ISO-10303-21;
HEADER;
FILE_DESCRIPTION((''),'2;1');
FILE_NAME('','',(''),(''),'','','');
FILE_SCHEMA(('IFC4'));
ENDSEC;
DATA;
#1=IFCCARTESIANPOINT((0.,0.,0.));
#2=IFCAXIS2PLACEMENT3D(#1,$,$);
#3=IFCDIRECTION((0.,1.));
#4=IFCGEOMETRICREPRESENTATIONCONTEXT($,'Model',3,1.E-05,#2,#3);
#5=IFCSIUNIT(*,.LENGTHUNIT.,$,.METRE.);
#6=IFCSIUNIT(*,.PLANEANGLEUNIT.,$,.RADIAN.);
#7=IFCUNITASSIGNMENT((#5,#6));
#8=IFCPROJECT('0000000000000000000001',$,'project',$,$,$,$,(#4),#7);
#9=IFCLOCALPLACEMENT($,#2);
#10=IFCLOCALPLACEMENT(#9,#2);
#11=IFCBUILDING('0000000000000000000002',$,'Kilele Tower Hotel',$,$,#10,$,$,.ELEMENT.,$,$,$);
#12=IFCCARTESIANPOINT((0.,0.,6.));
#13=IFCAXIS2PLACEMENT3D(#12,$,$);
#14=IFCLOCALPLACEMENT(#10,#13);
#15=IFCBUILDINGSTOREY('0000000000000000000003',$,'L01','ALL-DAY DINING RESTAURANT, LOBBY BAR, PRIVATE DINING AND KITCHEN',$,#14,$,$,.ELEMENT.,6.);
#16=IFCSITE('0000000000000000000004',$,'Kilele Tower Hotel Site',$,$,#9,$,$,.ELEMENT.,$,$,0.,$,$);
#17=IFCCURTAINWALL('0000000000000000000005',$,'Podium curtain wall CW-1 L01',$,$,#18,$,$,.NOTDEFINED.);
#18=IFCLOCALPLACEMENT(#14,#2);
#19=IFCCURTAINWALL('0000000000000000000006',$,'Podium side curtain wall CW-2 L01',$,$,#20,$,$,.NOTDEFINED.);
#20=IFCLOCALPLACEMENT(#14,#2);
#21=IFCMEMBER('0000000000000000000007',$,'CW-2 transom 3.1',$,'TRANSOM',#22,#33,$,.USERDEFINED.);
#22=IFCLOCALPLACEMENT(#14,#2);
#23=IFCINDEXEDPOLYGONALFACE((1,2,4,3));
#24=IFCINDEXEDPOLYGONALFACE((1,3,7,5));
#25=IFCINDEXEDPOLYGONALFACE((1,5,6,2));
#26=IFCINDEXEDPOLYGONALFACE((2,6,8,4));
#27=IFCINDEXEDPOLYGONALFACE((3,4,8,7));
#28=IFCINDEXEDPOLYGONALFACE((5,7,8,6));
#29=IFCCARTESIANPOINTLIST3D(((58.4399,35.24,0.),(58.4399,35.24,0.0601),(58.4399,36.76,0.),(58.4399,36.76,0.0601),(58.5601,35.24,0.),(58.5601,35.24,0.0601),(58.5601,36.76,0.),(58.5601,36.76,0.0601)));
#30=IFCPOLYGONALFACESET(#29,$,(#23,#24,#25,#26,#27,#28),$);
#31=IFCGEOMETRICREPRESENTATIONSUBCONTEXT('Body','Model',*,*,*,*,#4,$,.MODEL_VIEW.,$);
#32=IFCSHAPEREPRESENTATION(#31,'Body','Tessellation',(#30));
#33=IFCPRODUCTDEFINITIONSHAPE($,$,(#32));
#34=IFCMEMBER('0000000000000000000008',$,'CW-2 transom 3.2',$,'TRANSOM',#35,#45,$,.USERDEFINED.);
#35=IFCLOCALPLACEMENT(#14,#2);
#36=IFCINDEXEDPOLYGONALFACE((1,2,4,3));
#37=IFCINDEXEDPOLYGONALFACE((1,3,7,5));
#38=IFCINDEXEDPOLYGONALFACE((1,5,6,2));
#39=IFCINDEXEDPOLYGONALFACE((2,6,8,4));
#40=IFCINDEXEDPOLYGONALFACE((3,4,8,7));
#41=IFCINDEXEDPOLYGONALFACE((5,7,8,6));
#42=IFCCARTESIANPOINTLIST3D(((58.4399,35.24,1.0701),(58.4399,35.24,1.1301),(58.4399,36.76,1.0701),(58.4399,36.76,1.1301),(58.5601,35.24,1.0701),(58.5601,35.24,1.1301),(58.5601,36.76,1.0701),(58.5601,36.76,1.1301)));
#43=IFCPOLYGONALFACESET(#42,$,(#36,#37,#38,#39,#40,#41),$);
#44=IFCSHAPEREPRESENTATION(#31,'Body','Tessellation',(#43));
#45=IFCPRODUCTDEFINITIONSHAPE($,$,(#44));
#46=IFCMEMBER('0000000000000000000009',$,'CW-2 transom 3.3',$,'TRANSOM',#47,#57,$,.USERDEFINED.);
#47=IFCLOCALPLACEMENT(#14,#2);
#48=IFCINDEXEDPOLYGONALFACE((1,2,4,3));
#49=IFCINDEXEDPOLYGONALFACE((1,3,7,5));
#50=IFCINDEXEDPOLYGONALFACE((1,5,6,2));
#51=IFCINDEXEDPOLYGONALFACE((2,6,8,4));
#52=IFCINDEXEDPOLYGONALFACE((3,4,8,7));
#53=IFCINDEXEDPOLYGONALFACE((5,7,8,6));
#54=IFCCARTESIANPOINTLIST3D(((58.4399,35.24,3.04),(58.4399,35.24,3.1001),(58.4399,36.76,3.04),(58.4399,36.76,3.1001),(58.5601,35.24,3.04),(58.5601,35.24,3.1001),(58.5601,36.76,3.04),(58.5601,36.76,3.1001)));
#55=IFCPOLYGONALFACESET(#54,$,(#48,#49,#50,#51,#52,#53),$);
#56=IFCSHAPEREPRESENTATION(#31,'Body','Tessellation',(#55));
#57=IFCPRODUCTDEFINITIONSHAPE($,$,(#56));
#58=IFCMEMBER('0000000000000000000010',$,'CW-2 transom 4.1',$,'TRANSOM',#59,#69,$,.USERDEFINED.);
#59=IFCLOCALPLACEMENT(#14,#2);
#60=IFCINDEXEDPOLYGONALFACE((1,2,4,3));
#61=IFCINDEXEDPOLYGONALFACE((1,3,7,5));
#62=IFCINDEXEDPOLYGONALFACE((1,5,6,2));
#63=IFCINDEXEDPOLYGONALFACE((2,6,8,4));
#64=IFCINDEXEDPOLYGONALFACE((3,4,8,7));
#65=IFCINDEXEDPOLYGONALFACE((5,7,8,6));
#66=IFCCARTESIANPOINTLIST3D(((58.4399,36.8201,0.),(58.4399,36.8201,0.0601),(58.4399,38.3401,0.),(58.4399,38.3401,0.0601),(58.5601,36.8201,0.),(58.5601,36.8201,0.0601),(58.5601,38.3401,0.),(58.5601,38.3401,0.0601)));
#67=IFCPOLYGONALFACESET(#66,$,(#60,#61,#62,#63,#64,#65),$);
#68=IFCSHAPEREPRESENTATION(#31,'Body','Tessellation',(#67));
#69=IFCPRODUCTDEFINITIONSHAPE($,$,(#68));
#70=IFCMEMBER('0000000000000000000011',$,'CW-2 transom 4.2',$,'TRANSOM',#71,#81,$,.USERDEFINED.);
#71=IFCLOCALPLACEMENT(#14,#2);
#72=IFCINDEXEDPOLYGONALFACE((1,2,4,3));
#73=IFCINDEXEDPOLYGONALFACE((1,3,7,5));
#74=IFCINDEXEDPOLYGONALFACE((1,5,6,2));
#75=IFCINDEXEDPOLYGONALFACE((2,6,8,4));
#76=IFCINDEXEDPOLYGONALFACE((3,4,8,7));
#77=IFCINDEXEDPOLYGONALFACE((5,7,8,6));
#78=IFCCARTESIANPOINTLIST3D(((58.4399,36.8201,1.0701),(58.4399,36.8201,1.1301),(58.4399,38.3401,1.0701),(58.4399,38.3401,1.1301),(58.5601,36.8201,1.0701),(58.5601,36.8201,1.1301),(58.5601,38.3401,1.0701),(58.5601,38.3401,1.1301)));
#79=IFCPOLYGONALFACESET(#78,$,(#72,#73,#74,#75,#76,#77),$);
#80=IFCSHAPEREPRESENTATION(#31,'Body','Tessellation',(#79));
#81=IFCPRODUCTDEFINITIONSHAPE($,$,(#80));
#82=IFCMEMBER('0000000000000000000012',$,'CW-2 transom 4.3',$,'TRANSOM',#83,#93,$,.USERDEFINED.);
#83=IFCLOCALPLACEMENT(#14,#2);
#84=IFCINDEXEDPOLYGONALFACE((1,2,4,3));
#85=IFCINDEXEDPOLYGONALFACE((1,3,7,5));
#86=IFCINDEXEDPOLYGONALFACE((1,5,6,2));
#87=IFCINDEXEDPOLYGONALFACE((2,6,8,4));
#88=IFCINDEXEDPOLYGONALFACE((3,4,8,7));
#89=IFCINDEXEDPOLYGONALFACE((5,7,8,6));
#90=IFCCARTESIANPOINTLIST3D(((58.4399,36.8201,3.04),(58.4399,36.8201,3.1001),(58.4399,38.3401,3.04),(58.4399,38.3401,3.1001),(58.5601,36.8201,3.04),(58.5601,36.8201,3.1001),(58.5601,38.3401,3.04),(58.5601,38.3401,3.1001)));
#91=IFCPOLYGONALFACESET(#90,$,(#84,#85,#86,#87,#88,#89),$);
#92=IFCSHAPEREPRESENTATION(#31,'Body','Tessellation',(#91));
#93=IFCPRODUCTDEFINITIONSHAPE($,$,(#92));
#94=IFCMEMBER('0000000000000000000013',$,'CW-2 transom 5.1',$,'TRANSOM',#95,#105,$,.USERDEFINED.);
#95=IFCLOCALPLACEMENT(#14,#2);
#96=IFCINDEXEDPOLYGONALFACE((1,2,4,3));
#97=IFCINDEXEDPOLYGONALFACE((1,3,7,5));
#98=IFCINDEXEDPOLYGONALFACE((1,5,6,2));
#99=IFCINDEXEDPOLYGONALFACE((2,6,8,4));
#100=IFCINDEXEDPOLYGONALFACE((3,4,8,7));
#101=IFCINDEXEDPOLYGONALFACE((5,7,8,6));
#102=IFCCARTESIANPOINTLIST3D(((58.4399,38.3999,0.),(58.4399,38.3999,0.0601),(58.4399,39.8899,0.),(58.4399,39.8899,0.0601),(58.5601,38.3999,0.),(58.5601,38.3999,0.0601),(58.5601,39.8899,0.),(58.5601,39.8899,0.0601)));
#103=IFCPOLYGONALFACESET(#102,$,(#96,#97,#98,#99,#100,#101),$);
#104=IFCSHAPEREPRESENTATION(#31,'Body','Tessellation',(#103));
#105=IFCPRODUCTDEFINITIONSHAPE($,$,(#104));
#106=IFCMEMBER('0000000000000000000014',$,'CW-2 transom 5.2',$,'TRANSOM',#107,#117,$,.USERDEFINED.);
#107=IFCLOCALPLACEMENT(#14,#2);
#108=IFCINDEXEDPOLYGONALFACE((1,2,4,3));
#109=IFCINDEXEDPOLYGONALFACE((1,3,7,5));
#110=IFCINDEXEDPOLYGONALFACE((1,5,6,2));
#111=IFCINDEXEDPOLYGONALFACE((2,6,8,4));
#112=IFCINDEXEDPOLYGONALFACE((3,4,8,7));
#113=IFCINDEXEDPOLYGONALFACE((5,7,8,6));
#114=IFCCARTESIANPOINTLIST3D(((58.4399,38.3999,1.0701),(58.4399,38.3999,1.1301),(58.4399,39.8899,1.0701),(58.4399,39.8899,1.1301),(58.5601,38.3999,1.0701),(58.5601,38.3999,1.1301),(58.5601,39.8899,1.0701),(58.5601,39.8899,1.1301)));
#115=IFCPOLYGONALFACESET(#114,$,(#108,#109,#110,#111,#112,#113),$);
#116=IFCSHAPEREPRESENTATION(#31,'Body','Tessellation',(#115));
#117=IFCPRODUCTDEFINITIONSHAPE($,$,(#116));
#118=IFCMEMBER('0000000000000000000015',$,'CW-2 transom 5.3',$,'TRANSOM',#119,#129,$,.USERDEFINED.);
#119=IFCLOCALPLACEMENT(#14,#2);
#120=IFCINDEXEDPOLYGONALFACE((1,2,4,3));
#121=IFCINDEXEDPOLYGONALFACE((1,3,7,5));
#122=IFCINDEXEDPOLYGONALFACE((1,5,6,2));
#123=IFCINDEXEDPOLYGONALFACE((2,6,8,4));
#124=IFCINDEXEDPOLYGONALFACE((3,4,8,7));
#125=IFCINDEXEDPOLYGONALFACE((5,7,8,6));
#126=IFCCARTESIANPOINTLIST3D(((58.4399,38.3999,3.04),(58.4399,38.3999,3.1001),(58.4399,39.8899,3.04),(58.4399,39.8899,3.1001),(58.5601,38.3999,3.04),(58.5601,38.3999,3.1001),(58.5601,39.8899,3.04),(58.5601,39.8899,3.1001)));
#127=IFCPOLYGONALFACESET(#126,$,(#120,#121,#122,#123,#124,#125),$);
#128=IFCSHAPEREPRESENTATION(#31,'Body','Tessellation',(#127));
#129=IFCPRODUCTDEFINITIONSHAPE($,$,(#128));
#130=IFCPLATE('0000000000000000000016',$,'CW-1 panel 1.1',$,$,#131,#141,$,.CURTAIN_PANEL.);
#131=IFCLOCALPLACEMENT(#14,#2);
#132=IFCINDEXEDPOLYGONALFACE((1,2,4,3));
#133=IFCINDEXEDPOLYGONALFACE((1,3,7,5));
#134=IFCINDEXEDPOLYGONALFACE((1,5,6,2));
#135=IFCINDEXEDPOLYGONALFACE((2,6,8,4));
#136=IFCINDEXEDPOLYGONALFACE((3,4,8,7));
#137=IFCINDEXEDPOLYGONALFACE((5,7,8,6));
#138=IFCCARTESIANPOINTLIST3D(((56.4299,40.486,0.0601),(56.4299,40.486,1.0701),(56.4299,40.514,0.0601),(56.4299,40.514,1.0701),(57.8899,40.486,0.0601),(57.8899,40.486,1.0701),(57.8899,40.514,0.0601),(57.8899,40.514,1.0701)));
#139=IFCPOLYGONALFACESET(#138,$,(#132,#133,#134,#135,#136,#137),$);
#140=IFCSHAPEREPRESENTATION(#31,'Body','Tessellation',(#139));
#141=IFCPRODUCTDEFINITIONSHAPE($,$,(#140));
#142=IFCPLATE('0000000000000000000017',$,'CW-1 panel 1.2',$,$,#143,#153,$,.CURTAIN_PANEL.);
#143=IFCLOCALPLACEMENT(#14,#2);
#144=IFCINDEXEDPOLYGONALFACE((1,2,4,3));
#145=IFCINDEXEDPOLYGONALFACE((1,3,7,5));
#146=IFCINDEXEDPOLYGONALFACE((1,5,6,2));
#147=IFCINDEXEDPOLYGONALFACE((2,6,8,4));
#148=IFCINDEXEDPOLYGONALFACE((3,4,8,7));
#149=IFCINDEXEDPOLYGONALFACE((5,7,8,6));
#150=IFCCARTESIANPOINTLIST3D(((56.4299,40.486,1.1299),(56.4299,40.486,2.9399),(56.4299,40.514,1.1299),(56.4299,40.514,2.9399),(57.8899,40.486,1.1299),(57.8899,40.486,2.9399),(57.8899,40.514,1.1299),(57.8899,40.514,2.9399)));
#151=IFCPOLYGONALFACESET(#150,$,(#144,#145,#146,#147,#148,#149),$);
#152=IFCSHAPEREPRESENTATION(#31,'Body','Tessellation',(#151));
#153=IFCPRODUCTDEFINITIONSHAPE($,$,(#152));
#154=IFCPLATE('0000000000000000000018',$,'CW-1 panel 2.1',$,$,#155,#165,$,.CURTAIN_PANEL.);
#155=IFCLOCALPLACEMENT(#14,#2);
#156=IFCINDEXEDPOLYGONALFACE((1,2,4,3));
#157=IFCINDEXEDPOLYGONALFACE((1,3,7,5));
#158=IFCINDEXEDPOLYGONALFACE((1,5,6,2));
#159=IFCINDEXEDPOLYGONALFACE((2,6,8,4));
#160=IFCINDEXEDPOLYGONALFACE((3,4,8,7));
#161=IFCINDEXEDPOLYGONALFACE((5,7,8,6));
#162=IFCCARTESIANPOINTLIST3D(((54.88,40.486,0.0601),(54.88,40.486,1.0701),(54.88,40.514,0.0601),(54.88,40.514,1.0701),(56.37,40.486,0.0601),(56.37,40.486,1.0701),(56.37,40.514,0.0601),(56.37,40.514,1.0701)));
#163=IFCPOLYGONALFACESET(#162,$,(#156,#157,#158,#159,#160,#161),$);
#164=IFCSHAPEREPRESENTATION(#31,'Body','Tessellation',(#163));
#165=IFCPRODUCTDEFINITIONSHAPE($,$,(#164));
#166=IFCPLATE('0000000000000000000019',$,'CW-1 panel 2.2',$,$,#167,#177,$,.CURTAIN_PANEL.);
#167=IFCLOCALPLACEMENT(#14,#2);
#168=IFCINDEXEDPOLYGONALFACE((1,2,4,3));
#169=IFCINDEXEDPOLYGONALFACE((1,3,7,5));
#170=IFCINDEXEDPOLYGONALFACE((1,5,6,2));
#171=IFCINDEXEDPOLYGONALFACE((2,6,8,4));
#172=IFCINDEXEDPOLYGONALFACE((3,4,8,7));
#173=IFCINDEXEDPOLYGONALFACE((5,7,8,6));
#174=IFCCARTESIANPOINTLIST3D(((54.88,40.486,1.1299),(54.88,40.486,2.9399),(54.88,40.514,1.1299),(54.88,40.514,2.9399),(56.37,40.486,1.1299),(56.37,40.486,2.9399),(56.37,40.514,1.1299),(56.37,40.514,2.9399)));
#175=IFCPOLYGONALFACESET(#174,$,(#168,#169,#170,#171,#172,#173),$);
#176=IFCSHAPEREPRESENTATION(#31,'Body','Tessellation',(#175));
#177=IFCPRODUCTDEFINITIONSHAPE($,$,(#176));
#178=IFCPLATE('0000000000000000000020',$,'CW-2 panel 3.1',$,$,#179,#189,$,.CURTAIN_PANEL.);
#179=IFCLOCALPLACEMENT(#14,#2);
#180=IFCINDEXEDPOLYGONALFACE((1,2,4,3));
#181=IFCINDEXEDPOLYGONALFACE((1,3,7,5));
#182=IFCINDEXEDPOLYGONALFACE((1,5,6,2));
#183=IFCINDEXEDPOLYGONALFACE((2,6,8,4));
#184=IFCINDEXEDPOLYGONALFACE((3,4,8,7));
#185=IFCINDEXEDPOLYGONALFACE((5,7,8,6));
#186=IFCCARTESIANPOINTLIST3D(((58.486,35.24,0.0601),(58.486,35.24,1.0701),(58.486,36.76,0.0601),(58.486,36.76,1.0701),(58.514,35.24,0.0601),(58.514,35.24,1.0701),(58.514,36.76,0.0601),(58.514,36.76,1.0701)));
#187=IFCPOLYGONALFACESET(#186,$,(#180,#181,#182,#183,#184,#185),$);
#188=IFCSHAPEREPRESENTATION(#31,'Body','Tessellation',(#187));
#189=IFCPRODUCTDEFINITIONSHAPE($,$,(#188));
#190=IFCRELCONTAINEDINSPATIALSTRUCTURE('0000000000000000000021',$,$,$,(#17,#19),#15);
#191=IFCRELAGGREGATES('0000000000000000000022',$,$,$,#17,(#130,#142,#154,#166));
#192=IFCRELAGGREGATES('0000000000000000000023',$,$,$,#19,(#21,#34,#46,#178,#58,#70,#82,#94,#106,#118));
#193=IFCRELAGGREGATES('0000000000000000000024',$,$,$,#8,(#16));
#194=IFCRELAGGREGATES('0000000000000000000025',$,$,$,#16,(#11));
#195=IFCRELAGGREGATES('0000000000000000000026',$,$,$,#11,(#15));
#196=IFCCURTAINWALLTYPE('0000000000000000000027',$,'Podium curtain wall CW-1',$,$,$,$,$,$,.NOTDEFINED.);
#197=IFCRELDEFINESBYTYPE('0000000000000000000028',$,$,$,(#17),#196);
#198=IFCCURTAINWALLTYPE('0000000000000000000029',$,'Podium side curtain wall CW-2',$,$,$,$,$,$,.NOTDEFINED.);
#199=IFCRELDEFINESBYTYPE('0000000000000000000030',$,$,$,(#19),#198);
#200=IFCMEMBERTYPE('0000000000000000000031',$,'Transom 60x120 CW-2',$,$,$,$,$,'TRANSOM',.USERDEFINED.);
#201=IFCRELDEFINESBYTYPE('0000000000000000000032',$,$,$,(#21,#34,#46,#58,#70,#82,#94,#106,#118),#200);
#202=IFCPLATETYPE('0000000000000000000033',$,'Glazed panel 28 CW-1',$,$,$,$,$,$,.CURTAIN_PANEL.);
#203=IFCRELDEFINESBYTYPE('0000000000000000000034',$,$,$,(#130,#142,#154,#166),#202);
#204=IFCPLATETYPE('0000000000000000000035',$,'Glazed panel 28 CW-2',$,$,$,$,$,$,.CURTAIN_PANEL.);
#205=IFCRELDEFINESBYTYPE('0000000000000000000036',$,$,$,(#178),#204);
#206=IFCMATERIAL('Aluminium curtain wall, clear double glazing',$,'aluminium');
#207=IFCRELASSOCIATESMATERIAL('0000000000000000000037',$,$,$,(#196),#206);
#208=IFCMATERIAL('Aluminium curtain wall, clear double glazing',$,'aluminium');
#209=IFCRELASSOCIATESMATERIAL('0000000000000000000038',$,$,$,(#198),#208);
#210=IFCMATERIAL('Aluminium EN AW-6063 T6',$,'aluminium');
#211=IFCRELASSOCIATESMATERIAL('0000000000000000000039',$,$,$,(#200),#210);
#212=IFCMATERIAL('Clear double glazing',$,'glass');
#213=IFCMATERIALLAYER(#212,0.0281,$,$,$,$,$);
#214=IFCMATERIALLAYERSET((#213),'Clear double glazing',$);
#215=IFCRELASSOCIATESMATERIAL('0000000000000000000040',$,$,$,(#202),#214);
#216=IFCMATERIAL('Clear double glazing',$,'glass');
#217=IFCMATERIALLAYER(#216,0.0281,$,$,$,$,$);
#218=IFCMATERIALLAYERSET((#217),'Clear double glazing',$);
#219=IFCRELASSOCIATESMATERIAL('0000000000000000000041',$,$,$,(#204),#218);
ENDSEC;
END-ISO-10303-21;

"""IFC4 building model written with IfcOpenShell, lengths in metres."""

from ifc_helpers import new_model, si_unit, direction, frame, origin, origin_2d, place, context, subcontext, project, spatial, rectangle, extrude, material, layer, layer_set, material_profile, profile_set, type_object, element, aggregate, save


model = new_model("IFC4")

# Units and contexts
model_context = context("Model", 3, precision=1e-05, world=origin(), true_north=direction((0.0, 1.0)))
body_context = subcontext(model_context, "Body", "Model", "MODEL_VIEW")
ifc_project = project(units=[si_unit("LENGTHUNIT", "METRE"), si_unit("PLANEANGLEUNIT", "RADIAN")], contexts=[model_context])

# Site, building, storey
site_placement = place(None, origin())
site = spatial("IfcSite", under=ifc_project, at=site_placement, Name="Kilele Tower Hotel Site", CompositionType="ELEMENT", RefElevation=0.0)
building_placement = place(site_placement, origin())
building = spatial("IfcBuilding", under=site, at=building_placement, Name="Kilele Tower Hotel", CompositionType="ELEMENT")
storey_placement = place(building_placement, frame((0.0, 0.0, 6.0)))
storey = spatial("IfcBuildingStorey", under=building, at=storey_placement, Name="L01", Description="ALL-DAY DINING RESTAURANT, LOBBY BAR, PRIVATE DINING AND KITCHEN", CompositionType="ELEMENT", Elevation=6.0)

# Curtain walls
ifc_material_1 = material(Name="Aluminium curtain wall, clear double glazing", Category="aluminium")
curtain_wall_type_1 = type_object("IfcCurtainWallType", Name="Podium curtain wall CW-1", PredefinedType="NOTDEFINED", material=ifc_material_1)
curtain_wall_1_placement = place(storey_placement, origin())
curtain_wall_1 = element("IfcCurtainWall", 1, at=curtain_wall_1_placement, inside=storey, type_object=curtain_wall_type_1, Name="Podium curtain wall CW-1 L01", PredefinedType="NOTDEFINED")
ifc_material_2 = material(Name="Aluminium curtain wall, clear double glazing", Category="aluminium")
curtain_wall_type_2 = type_object("IfcCurtainWallType", Name="Podium side curtain wall CW-2", PredefinedType="NOTDEFINED", material=ifc_material_2)
curtain_wall_2_placement = place(storey_placement, origin())
curtain_wall_2 = element("IfcCurtainWall", 2, at=curtain_wall_2_placement, inside=storey, type_object=curtain_wall_type_2, Name="Podium side curtain wall CW-2 L01", PredefinedType="NOTDEFINED")

# Members
ifc_material_3 = material(Name="Aluminium EN AW-6063 T6", Category="aluminium")
ifc_material_profile_1 = material_profile(ifc_material_3, rectangle(XDim=0.1201, YDim=0.0601, at=origin_2d()))
ifc_profile_set_1 = profile_set([ifc_material_profile_1], Name="Aluminium EN AW-6063 T6")
member_type_1 = type_object("IfcMemberType", Name="Transom 60x120 CW-2", ElementType="TRANSOM", PredefinedType="USERDEFINED", material=ifc_profile_set_1)
member_1_placement = place(storey_placement, frame((58.5, 35.24, 0.03), z_axis=(0.0, 1.0, 0.0), x_axis=(-1.0, 0.0, 0.0)))
member_1 = element("IfcMember", 3, at=member_1_placement, type_object=member_type_1, Name="CW-2 transom 3.1", ObjectType="TRANSOM", PredefinedType="USERDEFINED", context=body_context, shape_type="SweptSolid", body=[
    extrude(rectangle(XDim=0.1201, YDim=0.0601, at=origin_2d()), origin(), (0.0, 0.0, 1.0), 1.52),
])
member_2_placement = place(storey_placement, frame((58.5, 35.24, 1.1001), z_axis=(0.0, 1.0, 0.0), x_axis=(-1.0, 0.0, 0.0)))
member_2 = element("IfcMember", 4, at=member_2_placement, type_object=member_type_1, Name="CW-2 transom 3.2", ObjectType="TRANSOM", PredefinedType="USERDEFINED", context=body_context, shape_type="SweptSolid", body=[
    extrude(rectangle(XDim=0.1201, YDim=0.0601, at=origin_2d()), origin(), (0.0, 0.0, 1.0), 1.52),
])
member_3_placement = place(storey_placement, frame((58.5, 35.24, 3.0701), z_axis=(0.0, 1.0, 0.0), x_axis=(-1.0, 0.0, 0.0)))
member_3 = element("IfcMember", 5, at=member_3_placement, type_object=member_type_1, Name="CW-2 transom 3.3", ObjectType="TRANSOM", PredefinedType="USERDEFINED", context=body_context, shape_type="SweptSolid", body=[
    extrude(rectangle(XDim=0.1201, YDim=0.0601, at=origin_2d()), origin(), (0.0, 0.0, 1.0), 1.52),
])
member_4_placement = place(storey_placement, frame((58.5, 36.8201, 0.03), z_axis=(0.0, 1.0, 0.0), x_axis=(-1.0, 0.0, 0.0)))
member_4 = element("IfcMember", 6, at=member_4_placement, type_object=member_type_1, Name="CW-2 transom 4.1", ObjectType="TRANSOM", PredefinedType="USERDEFINED", context=body_context, shape_type="SweptSolid", body=[
    extrude(rectangle(XDim=0.1201, YDim=0.0601, at=origin_2d()), origin(), (0.0, 0.0, 1.0), 1.52),
])
member_5_placement = place(storey_placement, frame((58.5, 36.8201, 1.1001), z_axis=(0.0, 1.0, 0.0), x_axis=(-1.0, 0.0, 0.0)))
member_5 = element("IfcMember", 7, at=member_5_placement, type_object=member_type_1, Name="CW-2 transom 4.2", ObjectType="TRANSOM", PredefinedType="USERDEFINED", context=body_context, shape_type="SweptSolid", body=[
    extrude(rectangle(XDim=0.1201, YDim=0.0601, at=origin_2d()), origin(), (0.0, 0.0, 1.0), 1.52),
])
member_6_placement = place(storey_placement, frame((58.5, 36.8201, 3.0701), z_axis=(0.0, 1.0, 0.0), x_axis=(-1.0, 0.0, 0.0)))
member_6 = element("IfcMember", 8, at=member_6_placement, type_object=member_type_1, Name="CW-2 transom 4.3", ObjectType="TRANSOM", PredefinedType="USERDEFINED", context=body_context, shape_type="SweptSolid", body=[
    extrude(rectangle(XDim=0.1201, YDim=0.0601, at=origin_2d()), origin(), (0.0, 0.0, 1.0), 1.52),
])
member_7_placement = place(storey_placement, frame((58.5, 38.3999, 0.03), z_axis=(0.0, 1.0, 0.0), x_axis=(-1.0, 0.0, 0.0)))
member_7 = element("IfcMember", 9, at=member_7_placement, type_object=member_type_1, Name="CW-2 transom 5.1", ObjectType="TRANSOM", PredefinedType="USERDEFINED", context=body_context, shape_type="SweptSolid", body=[
    extrude(rectangle(XDim=0.1201, YDim=0.0601, at=origin_2d()), origin(), (0.0, 0.0, 1.0), 1.49),
])
member_8_placement = place(storey_placement, frame((58.5, 38.3999, 1.1001), z_axis=(0.0, 1.0, 0.0), x_axis=(-1.0, 0.0, 0.0)))
member_8 = element("IfcMember", 10, at=member_8_placement, type_object=member_type_1, Name="CW-2 transom 5.2", ObjectType="TRANSOM", PredefinedType="USERDEFINED", context=body_context, shape_type="SweptSolid", body=[
    extrude(rectangle(XDim=0.1201, YDim=0.0601, at=origin_2d()), origin(), (0.0, 0.0, 1.0), 1.49),
])
member_9_placement = place(storey_placement, frame((58.5, 38.3999, 3.0701), z_axis=(0.0, 1.0, 0.0), x_axis=(-1.0, 0.0, 0.0)))
member_9 = element("IfcMember", 11, at=member_9_placement, type_object=member_type_1, Name="CW-2 transom 5.3", ObjectType="TRANSOM", PredefinedType="USERDEFINED", context=body_context, shape_type="SweptSolid", body=[
    extrude(rectangle(XDim=0.1201, YDim=0.0601, at=origin_2d()), origin(), (0.0, 0.0, 1.0), 1.49),
])

# Plates
ifc_material_4 = material(Name="Clear double glazing", Category="glass")
ifc_layer_1 = layer(ifc_material_4, 0.0281)
ifc_layer_set_1 = layer_set([ifc_layer_1], Name="Clear double glazing")
plate_type_1 = type_object("IfcPlateType", Name="Glazed panel 28 CW-1", PredefinedType="CURTAIN_PANEL", material=ifc_layer_set_1)
plate_1_placement = place(storey_placement, frame((57.1599, 40.5, 0.0601), z_axis=(0.0, 0.0, 1.0), x_axis=(-1.0, 0.0, 0.0)))
plate_1 = element("IfcPlate", 12, at=plate_1_placement, type_object=plate_type_1, Name="CW-1 panel 1.1", PredefinedType="CURTAIN_PANEL", context=body_context, shape_type="SweptSolid", body=[
    extrude(rectangle(XDim=1.46, YDim=0.0281, at=origin_2d()), origin(), (0.0, 0.0, 1.0), 1.01),
])
plate_2_placement = place(storey_placement, frame((57.1599, 40.5, 1.1299), z_axis=(0.0, 0.0, 1.0), x_axis=(-1.0, 0.0, 0.0)))
plate_2 = element("IfcPlate", 13, at=plate_2_placement, type_object=plate_type_1, Name="CW-1 panel 1.2", PredefinedType="CURTAIN_PANEL", context=body_context, shape_type="SweptSolid", body=[
    extrude(rectangle(XDim=1.46, YDim=0.0281, at=origin_2d()), origin(), (0.0, 0.0, 1.0), 1.8101),
])
plate_3_placement = place(storey_placement, frame((55.625, 40.5, 0.0601), z_axis=(0.0, 0.0, 1.0), x_axis=(-1.0, 0.0, 0.0)))
plate_3 = element("IfcPlate", 14, at=plate_3_placement, type_object=plate_type_1, Name="CW-1 panel 2.1", PredefinedType="CURTAIN_PANEL", context=body_context, shape_type="SweptSolid", body=[
    extrude(rectangle(XDim=1.49, YDim=0.0281, at=origin_2d()), origin(), (0.0, 0.0, 1.0), 1.01),
])
plate_4_placement = place(storey_placement, frame((55.625, 40.5, 1.1299), z_axis=(0.0, 0.0, 1.0), x_axis=(-1.0, 0.0, 0.0)))
plate_4 = element("IfcPlate", 15, at=plate_4_placement, type_object=plate_type_1, Name="CW-1 panel 2.2", PredefinedType="CURTAIN_PANEL", context=body_context, shape_type="SweptSolid", body=[
    extrude(rectangle(XDim=1.49, YDim=0.0281, at=origin_2d()), origin(), (0.0, 0.0, 1.0), 1.8101),
])
aggregate(curtain_wall_1, [plate_1, plate_2, plate_3, plate_4])
ifc_material_5 = material(Name="Clear double glazing", Category="glass")
ifc_layer_2 = layer(ifc_material_5, 0.0281)
ifc_layer_set_2 = layer_set([ifc_layer_2], Name="Clear double glazing")
plate_type_2 = type_object("IfcPlateType", Name="Glazed panel 28 CW-2", PredefinedType="CURTAIN_PANEL", material=ifc_layer_set_2)
plate_5_placement = place(storey_placement, frame((58.5, 36.0, 0.0601), z_axis=(0.0, 0.0, 1.0), x_axis=(0.0, 1.0, 0.0)))
plate_5 = element("IfcPlate", 16, at=plate_5_placement, type_object=plate_type_2, Name="CW-2 panel 3.1", PredefinedType="CURTAIN_PANEL", context=body_context, shape_type="SweptSolid", body=[
    extrude(rectangle(XDim=1.52, YDim=0.0281, at=origin_2d()), origin(), (0.0, 0.0, 1.0), 1.01),
])
aggregate(curtain_wall_2, [member_1, member_2, member_3, plate_5, member_4, member_5, member_6, member_7, member_8, member_9])

save(model, "model.ifc")
